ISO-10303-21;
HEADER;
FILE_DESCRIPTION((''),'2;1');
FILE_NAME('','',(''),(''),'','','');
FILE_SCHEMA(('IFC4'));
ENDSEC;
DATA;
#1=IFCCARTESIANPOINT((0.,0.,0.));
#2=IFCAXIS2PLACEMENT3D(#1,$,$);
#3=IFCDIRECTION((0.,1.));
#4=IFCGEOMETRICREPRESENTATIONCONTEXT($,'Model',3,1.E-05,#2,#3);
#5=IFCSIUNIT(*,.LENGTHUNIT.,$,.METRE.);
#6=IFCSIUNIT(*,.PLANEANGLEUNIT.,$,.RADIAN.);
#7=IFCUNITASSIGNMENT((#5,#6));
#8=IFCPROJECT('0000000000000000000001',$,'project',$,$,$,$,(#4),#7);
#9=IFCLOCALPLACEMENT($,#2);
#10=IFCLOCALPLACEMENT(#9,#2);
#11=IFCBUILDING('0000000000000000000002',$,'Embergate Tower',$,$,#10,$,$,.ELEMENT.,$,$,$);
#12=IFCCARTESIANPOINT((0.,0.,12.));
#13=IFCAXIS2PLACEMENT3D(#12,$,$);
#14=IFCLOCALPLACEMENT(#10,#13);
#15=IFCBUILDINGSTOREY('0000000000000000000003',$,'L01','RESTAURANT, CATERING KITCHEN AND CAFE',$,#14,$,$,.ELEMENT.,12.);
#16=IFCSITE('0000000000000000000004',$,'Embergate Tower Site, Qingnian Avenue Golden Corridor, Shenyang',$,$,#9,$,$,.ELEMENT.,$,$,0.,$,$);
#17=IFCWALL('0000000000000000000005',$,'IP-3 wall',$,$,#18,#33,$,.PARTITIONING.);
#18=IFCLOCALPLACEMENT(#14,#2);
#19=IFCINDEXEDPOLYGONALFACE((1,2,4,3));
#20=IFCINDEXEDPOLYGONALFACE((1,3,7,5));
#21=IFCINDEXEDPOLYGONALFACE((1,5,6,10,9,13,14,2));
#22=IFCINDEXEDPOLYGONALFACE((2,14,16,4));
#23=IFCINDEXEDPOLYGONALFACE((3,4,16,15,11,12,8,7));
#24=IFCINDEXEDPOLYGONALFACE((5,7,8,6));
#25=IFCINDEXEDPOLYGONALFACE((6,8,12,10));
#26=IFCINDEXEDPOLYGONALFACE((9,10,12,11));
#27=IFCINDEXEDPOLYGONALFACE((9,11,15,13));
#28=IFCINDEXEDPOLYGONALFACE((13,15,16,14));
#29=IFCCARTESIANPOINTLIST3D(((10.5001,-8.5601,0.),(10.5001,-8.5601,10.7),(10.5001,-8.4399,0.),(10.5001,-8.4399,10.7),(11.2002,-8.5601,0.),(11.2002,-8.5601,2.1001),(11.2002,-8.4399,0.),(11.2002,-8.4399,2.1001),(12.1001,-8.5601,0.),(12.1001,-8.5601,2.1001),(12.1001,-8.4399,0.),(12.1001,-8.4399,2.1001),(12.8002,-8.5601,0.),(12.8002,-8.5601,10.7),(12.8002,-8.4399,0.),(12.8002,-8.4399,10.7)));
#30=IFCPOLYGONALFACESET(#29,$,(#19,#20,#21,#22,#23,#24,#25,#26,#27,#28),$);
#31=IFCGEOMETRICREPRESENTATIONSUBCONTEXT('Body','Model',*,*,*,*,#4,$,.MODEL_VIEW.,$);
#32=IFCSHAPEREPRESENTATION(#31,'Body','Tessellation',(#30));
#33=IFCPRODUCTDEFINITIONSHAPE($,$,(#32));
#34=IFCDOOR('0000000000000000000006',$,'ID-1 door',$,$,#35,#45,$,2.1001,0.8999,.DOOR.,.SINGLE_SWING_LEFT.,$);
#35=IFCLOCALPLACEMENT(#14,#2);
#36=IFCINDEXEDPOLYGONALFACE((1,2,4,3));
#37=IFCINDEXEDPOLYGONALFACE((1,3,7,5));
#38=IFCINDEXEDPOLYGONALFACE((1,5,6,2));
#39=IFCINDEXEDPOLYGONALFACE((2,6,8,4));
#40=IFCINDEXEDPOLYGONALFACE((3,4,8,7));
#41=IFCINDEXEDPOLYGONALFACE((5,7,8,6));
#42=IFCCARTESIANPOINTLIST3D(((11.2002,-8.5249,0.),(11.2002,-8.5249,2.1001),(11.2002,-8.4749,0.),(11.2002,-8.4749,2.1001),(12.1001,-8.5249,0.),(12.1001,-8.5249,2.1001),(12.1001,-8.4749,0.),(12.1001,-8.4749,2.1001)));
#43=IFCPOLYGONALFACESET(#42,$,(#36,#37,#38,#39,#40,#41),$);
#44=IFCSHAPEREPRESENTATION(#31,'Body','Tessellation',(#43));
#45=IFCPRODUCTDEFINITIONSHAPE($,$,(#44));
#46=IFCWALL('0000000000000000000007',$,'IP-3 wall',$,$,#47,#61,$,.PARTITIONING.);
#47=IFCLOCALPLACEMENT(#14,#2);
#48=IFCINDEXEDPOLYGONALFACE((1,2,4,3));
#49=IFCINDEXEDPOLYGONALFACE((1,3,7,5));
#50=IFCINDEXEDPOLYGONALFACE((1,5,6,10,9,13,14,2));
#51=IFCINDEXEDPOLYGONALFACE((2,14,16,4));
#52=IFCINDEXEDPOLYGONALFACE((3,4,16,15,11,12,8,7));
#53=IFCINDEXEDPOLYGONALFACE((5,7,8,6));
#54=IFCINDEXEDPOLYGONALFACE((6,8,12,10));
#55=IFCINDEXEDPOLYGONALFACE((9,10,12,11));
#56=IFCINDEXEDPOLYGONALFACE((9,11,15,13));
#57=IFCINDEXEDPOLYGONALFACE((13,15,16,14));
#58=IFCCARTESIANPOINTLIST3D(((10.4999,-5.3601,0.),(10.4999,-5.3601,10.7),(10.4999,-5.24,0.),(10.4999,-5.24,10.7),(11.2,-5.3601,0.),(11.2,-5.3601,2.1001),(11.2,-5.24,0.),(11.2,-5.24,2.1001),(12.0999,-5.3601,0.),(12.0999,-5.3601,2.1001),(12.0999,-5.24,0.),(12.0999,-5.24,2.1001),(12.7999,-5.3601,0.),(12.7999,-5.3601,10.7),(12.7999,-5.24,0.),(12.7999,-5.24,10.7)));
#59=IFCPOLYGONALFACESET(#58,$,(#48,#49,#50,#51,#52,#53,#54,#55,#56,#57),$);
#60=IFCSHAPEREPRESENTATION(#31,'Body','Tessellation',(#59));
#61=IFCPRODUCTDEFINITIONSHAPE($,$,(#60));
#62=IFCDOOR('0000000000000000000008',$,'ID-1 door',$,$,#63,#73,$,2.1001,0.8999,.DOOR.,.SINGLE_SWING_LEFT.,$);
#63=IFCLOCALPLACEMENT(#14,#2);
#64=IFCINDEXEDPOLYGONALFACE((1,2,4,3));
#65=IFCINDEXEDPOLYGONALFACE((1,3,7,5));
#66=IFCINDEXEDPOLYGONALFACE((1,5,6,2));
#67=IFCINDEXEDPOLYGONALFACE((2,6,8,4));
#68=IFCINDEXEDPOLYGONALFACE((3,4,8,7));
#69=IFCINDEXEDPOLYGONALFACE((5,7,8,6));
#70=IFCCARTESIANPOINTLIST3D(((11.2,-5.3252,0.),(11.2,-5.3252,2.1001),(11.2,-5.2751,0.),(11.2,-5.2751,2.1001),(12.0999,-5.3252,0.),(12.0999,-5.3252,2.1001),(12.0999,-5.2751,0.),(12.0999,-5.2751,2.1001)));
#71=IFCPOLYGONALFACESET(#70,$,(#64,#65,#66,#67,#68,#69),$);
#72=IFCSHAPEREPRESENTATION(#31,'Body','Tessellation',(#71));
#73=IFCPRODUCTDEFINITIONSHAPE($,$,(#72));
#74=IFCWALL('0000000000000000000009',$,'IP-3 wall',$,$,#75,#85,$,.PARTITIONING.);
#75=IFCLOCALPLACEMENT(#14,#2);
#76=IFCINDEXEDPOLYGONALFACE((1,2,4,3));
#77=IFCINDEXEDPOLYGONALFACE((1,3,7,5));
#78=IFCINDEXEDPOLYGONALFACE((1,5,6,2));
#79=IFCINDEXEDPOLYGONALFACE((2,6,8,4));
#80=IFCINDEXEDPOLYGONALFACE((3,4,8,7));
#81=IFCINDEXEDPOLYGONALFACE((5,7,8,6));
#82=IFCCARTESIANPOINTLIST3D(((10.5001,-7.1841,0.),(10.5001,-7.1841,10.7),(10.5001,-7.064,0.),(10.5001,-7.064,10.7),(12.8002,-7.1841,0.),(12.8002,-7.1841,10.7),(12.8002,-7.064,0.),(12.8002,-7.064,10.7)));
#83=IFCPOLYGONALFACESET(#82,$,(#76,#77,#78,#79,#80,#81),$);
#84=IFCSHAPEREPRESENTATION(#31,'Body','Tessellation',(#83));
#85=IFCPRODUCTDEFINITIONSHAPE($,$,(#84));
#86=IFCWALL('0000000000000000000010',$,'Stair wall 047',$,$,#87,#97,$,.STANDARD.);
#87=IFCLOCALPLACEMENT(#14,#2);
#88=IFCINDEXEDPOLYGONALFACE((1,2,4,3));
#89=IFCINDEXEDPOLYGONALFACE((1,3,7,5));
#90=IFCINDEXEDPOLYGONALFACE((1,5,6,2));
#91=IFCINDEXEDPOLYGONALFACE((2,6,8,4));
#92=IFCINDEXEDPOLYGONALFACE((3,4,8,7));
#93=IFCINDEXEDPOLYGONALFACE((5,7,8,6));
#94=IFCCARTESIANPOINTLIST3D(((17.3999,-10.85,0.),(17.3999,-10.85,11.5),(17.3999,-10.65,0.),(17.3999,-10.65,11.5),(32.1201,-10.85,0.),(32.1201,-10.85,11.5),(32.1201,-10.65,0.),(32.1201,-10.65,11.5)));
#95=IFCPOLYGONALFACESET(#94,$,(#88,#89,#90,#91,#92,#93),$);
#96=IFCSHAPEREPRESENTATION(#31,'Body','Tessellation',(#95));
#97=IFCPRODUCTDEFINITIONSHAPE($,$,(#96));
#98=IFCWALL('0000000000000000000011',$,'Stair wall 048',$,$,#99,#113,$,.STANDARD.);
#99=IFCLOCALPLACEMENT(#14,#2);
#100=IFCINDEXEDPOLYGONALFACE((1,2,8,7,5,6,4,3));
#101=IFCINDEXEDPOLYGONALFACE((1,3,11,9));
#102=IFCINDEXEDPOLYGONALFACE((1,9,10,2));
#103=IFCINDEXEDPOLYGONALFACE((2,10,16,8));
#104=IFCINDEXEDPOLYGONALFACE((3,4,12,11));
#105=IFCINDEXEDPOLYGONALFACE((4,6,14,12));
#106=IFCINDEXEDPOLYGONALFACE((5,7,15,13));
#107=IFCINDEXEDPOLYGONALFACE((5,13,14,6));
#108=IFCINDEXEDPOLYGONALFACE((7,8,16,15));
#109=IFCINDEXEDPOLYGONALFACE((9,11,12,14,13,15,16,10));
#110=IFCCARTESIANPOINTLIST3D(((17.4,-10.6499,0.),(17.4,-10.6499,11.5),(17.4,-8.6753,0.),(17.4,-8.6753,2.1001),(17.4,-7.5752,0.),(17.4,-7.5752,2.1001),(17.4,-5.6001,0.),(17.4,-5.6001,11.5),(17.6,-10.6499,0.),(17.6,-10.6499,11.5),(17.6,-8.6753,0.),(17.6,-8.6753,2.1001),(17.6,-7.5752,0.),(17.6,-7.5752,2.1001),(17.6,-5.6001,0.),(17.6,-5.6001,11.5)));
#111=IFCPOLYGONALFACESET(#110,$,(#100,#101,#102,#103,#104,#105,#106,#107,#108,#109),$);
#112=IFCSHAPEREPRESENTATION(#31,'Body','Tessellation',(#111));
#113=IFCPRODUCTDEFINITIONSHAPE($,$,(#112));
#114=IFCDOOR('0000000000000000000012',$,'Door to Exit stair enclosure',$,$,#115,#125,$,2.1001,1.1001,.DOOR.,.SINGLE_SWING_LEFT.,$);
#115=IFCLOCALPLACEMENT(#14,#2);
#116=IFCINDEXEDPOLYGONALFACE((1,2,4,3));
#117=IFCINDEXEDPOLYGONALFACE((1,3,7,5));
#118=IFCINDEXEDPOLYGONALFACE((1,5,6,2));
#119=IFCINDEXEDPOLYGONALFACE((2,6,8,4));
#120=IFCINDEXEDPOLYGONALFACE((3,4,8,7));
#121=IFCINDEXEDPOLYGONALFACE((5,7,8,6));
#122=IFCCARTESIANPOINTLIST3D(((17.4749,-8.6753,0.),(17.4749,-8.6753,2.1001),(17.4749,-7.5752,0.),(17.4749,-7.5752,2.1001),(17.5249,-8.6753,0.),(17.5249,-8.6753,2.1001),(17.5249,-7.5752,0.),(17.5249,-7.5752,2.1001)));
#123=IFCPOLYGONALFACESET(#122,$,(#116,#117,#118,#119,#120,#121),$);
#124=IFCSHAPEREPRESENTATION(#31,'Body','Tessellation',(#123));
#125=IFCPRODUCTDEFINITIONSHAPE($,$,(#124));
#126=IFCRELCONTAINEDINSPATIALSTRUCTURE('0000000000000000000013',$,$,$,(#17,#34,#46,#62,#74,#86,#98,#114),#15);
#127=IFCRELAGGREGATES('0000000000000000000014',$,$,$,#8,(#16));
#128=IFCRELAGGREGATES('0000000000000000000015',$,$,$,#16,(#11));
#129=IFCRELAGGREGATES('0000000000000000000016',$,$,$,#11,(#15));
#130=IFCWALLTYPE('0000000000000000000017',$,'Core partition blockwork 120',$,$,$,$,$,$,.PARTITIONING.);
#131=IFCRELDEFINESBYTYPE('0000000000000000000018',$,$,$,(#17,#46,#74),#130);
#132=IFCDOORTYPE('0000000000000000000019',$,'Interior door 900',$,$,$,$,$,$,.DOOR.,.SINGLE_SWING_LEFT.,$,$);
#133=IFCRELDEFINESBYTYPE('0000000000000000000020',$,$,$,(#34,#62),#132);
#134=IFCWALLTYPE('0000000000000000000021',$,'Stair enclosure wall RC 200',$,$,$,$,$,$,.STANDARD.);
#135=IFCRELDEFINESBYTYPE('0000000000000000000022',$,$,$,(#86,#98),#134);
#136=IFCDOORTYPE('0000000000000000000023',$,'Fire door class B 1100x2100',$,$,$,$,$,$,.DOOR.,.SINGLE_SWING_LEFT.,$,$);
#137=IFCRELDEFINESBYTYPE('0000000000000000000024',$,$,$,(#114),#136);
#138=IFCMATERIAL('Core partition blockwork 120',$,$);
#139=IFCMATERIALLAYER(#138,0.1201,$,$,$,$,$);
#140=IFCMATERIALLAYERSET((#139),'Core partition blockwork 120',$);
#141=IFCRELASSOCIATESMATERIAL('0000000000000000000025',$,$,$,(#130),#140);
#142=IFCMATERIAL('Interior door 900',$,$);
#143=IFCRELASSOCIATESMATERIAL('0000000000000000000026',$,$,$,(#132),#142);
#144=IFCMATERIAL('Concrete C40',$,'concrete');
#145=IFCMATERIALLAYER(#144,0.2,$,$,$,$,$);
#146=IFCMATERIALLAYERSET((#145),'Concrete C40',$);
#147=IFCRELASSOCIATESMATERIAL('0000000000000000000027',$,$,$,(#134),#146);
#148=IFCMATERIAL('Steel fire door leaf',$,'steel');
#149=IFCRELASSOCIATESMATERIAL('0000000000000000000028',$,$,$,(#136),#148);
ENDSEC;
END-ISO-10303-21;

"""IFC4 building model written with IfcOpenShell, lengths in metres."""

from ifc_helpers import new_model, si_unit, direction, frame, frame_2d, origin, place, context, subcontext, project, spatial, rectangle, extrude, source, transform, mapped, material, layer, layer_set, type_object, element, fill, save


model = new_model("IFC4")

# Units and contexts
model_context = context("Model", 3, precision=1e-05, world=origin(), true_north=direction((0.0, 1.0)))
body_context = subcontext(model_context, "Body", "Model", "MODEL_VIEW")
ifc_project = project(units=[si_unit("LENGTHUNIT", "METRE"), si_unit("PLANEANGLEUNIT", "RADIAN")], contexts=[model_context])

# Site, building, storey
site_placement = place(None, origin())
site = spatial("IfcSite", under=ifc_project, at=site_placement, Name="Embergate Tower Site, Qingnian Avenue Golden Corridor, Shenyang", CompositionType="ELEMENT", RefElevation=0.0)
building_placement = place(site_placement, origin())
building = spatial("IfcBuilding", under=site, at=building_placement, Name="Embergate Tower", CompositionType="ELEMENT")
storey_placement = place(building_placement, frame((0.0, 0.0, 12.0)))
storey = spatial("IfcBuildingStorey", under=building, at=storey_placement, Name="L01", Description="RESTAURANT, CATERING KITCHEN AND CAFE", CompositionType="ELEMENT", Elevation=12.0)

# Shared definitions
ifc_material_1 = material(Name="Core partition blockwork 120")
ifc_layer_1 = layer(ifc_material_1, 0.1201)
ifc_layer_set_1 = layer_set([ifc_layer_1], Name="Core partition blockwork 120")
wall_type_1 = type_object("IfcWallType", Name="Core partition blockwork 120", PredefinedType="PARTITIONING", material=ifc_layer_set_1)

# Shared definitions
shared_shape_1 = source(origin(), body_context, "Body", "SweptSolid", [
    extrude(rectangle(XDim=0.8999, YDim=2.1001, at=frame_2d((0.45, 1.05))), frame((0.0, 0.0701, 0.0), z_axis=(0.0, -1.0, 0.0), x_axis=(1.0, 0.0, 0.0)), (0.0, 0.0, 1.0), 0.1401),
])
ifc_material_2 = material(Name="Interior door 900")
door_type_1 = type_object("IfcDoorType", Name="Interior door 900", OperationType="SINGLE_SWING_LEFT", PredefinedType="DOOR", material=ifc_material_2)
shared_shape_2 = source(origin(), body_context, "Body", "SweptSolid", [
    extrude(rectangle(XDim=0.8999, YDim=2.1001, at=frame_2d((0.45, 1.05))), frame((0.0, 0.0249, 0.0), z_axis=(0.0, -1.0, 0.0), x_axis=(1.0, 0.0, 0.0)), (0.0, 0.0, 1.0), 0.05),
])

# Walls, openings, doors
shared_shape_3 = source(origin(), body_context, "Body", "SweptSolid", [
    extrude(rectangle(XDim=2.3, YDim=0.1201, at=frame_2d((1.1499, 0.0))), origin(), (0.0, 0.0, 1.0), 10.7),
])
wall_1_placement = place(storey_placement, frame((12.8, -8.5, 0.0), z_axis=(0.0, 0.0, 1.0), x_axis=(-1.0, 0.0, 0.0)))
wall_1 = element("IfcWall", 1, at=wall_1_placement, inside=storey, type_object=wall_type_1, Name="IP-3 wall", PredefinedType="PARTITIONING", context=body_context, shape_type="MappedRepresentation", body=[
    mapped(shared_shape_3, transform((0.0, 0.0, 0.0))),
])
opening_1_placement = place(wall_1_placement, frame((0.7, 0.0, 0.0)))
opening_1 = element("IfcOpeningElement", 2, at=opening_1_placement, cuts=wall_1, PredefinedType="OPENING", context=body_context, shape_type="MappedRepresentation", body=[
    mapped(shared_shape_1, transform((0.0, 0.0, 0.0))),
])
door_1_placement = place(opening_1_placement, origin())
door_1 = element("IfcDoor", 3, at=door_1_placement, inside=storey, type_object=door_type_1, Name="ID-1 door", OperationType="SINGLE_SWING_LEFT", OverallHeight=2.1001, OverallWidth=0.8999, PredefinedType="DOOR", context=body_context, shape_type="MappedRepresentation", body=[
    mapped(shared_shape_2, transform((0.0, 0.0, 0.0))),
])
fill(opening_1, door_1)
wall_2_placement = place(storey_placement, frame((10.5, -5.3, 0.0), z_axis=(0.0, 0.0, 1.0), x_axis=(1.0, 0.0, 0.0)))
wall_2 = element("IfcWall", 4, at=wall_2_placement, inside=storey, type_object=wall_type_1, Name="IP-3 wall", PredefinedType="PARTITIONING", context=body_context, shape_type="MappedRepresentation", body=[
    mapped(shared_shape_3, transform((0.0, 0.0, 0.0))),
])
opening_2_placement = place(wall_2_placement, frame((0.7, 0.0, 0.0)))
opening_2 = element("IfcOpeningElement", 5, at=opening_2_placement, cuts=wall_2, PredefinedType="OPENING", context=body_context, shape_type="MappedRepresentation", body=[
    mapped(shared_shape_1, transform((0.0, 0.0, 0.0))),
])
door_2_placement = place(opening_2_placement, origin())
door_2 = element("IfcDoor", 6, at=door_2_placement, inside=storey, type_object=door_type_1, Name="ID-1 door", OperationType="SINGLE_SWING_LEFT", OverallHeight=2.1001, OverallWidth=0.8999, PredefinedType="DOOR", context=body_context, shape_type="MappedRepresentation", body=[
    mapped(shared_shape_2, transform((0.0, 0.0, 0.0))),
])
fill(opening_2, door_2)

# Walls
wall_3_placement = place(storey_placement, frame((12.8, -7.124, 0.0), z_axis=(0.0, 0.0, 1.0), x_axis=(-1.0, 0.0, 0.0)))
element("IfcWall", 7, at=wall_3_placement, inside=storey, type_object=wall_type_1, Name="IP-3 wall", PredefinedType="PARTITIONING", context=body_context, shape_type="MappedRepresentation", body=[
    mapped(shared_shape_3, transform((0.0, 0.0, 0.0))),
])
ifc_material_3 = material(Name="Concrete C40", Category="concrete")
ifc_layer_2 = layer(ifc_material_3, 0.2)
ifc_layer_set_2 = layer_set([ifc_layer_2], Name="Concrete C40")
wall_type_2 = type_object("IfcWallType", Name="Stair enclosure wall RC 200", PredefinedType="STANDARD", material=ifc_layer_set_2)
shared_shape_4 = source(origin(), body_context, "Body", "SweptSolid", [
    extrude(rectangle(XDim=14.7202, YDim=0.2, at=frame_2d((7.3601, 0.0))), origin(), (0.0, 0.0, 1.0), 11.5),
])
wall_4_placement = place(storey_placement, frame((17.3999, -10.75, 0.0), z_axis=(0.0, 0.0, 1.0), x_axis=(1.0, 0.0, 0.0)))
element("IfcWall", 8, at=wall_4_placement, inside=storey, type_object=wall_type_2, Name="Stair wall 047", PredefinedType="STANDARD", context=body_context, shape_type="MappedRepresentation", body=[
    mapped(shared_shape_4, transform((0.0, 0.0, 0.0))),
])

# Wall, opening, door
shared_shape_5 = source(origin(), body_context, "Body", "SweptSolid", [
    extrude(rectangle(XDim=5.0498, YDim=0.2, at=frame_2d((2.5249, 0.0))), origin(), (0.0, 0.0, 1.0), 11.5),
])
wall_5_placement = place(storey_placement, frame((17.5, -5.6001, 0.0), z_axis=(0.0, 0.0, 1.0), x_axis=(0.0, -1.0, 0.0)))
wall_5 = element("IfcWall", 9, at=wall_5_placement, inside=storey, type_object=wall_type_2, Name="Stair wall 048", PredefinedType="STANDARD", context=body_context, shape_type="MappedRepresentation", body=[
    mapped(shared_shape_5, transform((0.0, 0.0, 0.0))),
])
shared_shape_6 = source(origin(), body_context, "Body", "SweptSolid", [
    extrude(rectangle(XDim=1.1001, YDim=2.1001, at=frame_2d((0.55, 1.05))), frame((0.0, 0.1099, 0.0), z_axis=(0.0, -1.0, 0.0), x_axis=(1.0, 0.0, 0.0)), (0.0, 0.0, 1.0), 0.22),
])
opening_3_placement = place(wall_5_placement, frame((1.9751, 0.0, 0.0)))
opening_3 = element("IfcOpeningElement", 10, at=opening_3_placement, cuts=wall_5, PredefinedType="OPENING", context=body_context, shape_type="MappedRepresentation", body=[
    mapped(shared_shape_6, transform((0.0, 0.0, 0.0))),
])
ifc_material_4 = material(Name="Steel fire door leaf", Category="steel")
door_type_2 = type_object("IfcDoorType", Name="Fire door class B 1100x2100", OperationType="SINGLE_SWING_LEFT", PredefinedType="DOOR", material=ifc_material_4)
shared_shape_7 = source(origin(), body_context, "Body", "SweptSolid", [
    extrude(rectangle(XDim=1.1001, YDim=2.1001, at=frame_2d((0.55, 1.05))), frame((0.0, 0.0249, 0.0), z_axis=(0.0, -1.0, 0.0), x_axis=(1.0, 0.0, 0.0)), (0.0, 0.0, 1.0), 0.05),
])
door_3_placement = place(opening_3_placement, origin())
door_3 = element("IfcDoor", 11, at=door_3_placement, inside=storey, type_object=door_type_2, Name="Door to Exit stair enclosure", OperationType="SINGLE_SWING_LEFT", OverallHeight=2.1001, OverallWidth=1.1001, PredefinedType="DOOR", context=body_context, shape_type="MappedRepresentation", body=[
    mapped(shared_shape_7, transform((0.0, 0.0, 0.0))),
])
fill(opening_3, door_3)

save(model, "model.ifc")
